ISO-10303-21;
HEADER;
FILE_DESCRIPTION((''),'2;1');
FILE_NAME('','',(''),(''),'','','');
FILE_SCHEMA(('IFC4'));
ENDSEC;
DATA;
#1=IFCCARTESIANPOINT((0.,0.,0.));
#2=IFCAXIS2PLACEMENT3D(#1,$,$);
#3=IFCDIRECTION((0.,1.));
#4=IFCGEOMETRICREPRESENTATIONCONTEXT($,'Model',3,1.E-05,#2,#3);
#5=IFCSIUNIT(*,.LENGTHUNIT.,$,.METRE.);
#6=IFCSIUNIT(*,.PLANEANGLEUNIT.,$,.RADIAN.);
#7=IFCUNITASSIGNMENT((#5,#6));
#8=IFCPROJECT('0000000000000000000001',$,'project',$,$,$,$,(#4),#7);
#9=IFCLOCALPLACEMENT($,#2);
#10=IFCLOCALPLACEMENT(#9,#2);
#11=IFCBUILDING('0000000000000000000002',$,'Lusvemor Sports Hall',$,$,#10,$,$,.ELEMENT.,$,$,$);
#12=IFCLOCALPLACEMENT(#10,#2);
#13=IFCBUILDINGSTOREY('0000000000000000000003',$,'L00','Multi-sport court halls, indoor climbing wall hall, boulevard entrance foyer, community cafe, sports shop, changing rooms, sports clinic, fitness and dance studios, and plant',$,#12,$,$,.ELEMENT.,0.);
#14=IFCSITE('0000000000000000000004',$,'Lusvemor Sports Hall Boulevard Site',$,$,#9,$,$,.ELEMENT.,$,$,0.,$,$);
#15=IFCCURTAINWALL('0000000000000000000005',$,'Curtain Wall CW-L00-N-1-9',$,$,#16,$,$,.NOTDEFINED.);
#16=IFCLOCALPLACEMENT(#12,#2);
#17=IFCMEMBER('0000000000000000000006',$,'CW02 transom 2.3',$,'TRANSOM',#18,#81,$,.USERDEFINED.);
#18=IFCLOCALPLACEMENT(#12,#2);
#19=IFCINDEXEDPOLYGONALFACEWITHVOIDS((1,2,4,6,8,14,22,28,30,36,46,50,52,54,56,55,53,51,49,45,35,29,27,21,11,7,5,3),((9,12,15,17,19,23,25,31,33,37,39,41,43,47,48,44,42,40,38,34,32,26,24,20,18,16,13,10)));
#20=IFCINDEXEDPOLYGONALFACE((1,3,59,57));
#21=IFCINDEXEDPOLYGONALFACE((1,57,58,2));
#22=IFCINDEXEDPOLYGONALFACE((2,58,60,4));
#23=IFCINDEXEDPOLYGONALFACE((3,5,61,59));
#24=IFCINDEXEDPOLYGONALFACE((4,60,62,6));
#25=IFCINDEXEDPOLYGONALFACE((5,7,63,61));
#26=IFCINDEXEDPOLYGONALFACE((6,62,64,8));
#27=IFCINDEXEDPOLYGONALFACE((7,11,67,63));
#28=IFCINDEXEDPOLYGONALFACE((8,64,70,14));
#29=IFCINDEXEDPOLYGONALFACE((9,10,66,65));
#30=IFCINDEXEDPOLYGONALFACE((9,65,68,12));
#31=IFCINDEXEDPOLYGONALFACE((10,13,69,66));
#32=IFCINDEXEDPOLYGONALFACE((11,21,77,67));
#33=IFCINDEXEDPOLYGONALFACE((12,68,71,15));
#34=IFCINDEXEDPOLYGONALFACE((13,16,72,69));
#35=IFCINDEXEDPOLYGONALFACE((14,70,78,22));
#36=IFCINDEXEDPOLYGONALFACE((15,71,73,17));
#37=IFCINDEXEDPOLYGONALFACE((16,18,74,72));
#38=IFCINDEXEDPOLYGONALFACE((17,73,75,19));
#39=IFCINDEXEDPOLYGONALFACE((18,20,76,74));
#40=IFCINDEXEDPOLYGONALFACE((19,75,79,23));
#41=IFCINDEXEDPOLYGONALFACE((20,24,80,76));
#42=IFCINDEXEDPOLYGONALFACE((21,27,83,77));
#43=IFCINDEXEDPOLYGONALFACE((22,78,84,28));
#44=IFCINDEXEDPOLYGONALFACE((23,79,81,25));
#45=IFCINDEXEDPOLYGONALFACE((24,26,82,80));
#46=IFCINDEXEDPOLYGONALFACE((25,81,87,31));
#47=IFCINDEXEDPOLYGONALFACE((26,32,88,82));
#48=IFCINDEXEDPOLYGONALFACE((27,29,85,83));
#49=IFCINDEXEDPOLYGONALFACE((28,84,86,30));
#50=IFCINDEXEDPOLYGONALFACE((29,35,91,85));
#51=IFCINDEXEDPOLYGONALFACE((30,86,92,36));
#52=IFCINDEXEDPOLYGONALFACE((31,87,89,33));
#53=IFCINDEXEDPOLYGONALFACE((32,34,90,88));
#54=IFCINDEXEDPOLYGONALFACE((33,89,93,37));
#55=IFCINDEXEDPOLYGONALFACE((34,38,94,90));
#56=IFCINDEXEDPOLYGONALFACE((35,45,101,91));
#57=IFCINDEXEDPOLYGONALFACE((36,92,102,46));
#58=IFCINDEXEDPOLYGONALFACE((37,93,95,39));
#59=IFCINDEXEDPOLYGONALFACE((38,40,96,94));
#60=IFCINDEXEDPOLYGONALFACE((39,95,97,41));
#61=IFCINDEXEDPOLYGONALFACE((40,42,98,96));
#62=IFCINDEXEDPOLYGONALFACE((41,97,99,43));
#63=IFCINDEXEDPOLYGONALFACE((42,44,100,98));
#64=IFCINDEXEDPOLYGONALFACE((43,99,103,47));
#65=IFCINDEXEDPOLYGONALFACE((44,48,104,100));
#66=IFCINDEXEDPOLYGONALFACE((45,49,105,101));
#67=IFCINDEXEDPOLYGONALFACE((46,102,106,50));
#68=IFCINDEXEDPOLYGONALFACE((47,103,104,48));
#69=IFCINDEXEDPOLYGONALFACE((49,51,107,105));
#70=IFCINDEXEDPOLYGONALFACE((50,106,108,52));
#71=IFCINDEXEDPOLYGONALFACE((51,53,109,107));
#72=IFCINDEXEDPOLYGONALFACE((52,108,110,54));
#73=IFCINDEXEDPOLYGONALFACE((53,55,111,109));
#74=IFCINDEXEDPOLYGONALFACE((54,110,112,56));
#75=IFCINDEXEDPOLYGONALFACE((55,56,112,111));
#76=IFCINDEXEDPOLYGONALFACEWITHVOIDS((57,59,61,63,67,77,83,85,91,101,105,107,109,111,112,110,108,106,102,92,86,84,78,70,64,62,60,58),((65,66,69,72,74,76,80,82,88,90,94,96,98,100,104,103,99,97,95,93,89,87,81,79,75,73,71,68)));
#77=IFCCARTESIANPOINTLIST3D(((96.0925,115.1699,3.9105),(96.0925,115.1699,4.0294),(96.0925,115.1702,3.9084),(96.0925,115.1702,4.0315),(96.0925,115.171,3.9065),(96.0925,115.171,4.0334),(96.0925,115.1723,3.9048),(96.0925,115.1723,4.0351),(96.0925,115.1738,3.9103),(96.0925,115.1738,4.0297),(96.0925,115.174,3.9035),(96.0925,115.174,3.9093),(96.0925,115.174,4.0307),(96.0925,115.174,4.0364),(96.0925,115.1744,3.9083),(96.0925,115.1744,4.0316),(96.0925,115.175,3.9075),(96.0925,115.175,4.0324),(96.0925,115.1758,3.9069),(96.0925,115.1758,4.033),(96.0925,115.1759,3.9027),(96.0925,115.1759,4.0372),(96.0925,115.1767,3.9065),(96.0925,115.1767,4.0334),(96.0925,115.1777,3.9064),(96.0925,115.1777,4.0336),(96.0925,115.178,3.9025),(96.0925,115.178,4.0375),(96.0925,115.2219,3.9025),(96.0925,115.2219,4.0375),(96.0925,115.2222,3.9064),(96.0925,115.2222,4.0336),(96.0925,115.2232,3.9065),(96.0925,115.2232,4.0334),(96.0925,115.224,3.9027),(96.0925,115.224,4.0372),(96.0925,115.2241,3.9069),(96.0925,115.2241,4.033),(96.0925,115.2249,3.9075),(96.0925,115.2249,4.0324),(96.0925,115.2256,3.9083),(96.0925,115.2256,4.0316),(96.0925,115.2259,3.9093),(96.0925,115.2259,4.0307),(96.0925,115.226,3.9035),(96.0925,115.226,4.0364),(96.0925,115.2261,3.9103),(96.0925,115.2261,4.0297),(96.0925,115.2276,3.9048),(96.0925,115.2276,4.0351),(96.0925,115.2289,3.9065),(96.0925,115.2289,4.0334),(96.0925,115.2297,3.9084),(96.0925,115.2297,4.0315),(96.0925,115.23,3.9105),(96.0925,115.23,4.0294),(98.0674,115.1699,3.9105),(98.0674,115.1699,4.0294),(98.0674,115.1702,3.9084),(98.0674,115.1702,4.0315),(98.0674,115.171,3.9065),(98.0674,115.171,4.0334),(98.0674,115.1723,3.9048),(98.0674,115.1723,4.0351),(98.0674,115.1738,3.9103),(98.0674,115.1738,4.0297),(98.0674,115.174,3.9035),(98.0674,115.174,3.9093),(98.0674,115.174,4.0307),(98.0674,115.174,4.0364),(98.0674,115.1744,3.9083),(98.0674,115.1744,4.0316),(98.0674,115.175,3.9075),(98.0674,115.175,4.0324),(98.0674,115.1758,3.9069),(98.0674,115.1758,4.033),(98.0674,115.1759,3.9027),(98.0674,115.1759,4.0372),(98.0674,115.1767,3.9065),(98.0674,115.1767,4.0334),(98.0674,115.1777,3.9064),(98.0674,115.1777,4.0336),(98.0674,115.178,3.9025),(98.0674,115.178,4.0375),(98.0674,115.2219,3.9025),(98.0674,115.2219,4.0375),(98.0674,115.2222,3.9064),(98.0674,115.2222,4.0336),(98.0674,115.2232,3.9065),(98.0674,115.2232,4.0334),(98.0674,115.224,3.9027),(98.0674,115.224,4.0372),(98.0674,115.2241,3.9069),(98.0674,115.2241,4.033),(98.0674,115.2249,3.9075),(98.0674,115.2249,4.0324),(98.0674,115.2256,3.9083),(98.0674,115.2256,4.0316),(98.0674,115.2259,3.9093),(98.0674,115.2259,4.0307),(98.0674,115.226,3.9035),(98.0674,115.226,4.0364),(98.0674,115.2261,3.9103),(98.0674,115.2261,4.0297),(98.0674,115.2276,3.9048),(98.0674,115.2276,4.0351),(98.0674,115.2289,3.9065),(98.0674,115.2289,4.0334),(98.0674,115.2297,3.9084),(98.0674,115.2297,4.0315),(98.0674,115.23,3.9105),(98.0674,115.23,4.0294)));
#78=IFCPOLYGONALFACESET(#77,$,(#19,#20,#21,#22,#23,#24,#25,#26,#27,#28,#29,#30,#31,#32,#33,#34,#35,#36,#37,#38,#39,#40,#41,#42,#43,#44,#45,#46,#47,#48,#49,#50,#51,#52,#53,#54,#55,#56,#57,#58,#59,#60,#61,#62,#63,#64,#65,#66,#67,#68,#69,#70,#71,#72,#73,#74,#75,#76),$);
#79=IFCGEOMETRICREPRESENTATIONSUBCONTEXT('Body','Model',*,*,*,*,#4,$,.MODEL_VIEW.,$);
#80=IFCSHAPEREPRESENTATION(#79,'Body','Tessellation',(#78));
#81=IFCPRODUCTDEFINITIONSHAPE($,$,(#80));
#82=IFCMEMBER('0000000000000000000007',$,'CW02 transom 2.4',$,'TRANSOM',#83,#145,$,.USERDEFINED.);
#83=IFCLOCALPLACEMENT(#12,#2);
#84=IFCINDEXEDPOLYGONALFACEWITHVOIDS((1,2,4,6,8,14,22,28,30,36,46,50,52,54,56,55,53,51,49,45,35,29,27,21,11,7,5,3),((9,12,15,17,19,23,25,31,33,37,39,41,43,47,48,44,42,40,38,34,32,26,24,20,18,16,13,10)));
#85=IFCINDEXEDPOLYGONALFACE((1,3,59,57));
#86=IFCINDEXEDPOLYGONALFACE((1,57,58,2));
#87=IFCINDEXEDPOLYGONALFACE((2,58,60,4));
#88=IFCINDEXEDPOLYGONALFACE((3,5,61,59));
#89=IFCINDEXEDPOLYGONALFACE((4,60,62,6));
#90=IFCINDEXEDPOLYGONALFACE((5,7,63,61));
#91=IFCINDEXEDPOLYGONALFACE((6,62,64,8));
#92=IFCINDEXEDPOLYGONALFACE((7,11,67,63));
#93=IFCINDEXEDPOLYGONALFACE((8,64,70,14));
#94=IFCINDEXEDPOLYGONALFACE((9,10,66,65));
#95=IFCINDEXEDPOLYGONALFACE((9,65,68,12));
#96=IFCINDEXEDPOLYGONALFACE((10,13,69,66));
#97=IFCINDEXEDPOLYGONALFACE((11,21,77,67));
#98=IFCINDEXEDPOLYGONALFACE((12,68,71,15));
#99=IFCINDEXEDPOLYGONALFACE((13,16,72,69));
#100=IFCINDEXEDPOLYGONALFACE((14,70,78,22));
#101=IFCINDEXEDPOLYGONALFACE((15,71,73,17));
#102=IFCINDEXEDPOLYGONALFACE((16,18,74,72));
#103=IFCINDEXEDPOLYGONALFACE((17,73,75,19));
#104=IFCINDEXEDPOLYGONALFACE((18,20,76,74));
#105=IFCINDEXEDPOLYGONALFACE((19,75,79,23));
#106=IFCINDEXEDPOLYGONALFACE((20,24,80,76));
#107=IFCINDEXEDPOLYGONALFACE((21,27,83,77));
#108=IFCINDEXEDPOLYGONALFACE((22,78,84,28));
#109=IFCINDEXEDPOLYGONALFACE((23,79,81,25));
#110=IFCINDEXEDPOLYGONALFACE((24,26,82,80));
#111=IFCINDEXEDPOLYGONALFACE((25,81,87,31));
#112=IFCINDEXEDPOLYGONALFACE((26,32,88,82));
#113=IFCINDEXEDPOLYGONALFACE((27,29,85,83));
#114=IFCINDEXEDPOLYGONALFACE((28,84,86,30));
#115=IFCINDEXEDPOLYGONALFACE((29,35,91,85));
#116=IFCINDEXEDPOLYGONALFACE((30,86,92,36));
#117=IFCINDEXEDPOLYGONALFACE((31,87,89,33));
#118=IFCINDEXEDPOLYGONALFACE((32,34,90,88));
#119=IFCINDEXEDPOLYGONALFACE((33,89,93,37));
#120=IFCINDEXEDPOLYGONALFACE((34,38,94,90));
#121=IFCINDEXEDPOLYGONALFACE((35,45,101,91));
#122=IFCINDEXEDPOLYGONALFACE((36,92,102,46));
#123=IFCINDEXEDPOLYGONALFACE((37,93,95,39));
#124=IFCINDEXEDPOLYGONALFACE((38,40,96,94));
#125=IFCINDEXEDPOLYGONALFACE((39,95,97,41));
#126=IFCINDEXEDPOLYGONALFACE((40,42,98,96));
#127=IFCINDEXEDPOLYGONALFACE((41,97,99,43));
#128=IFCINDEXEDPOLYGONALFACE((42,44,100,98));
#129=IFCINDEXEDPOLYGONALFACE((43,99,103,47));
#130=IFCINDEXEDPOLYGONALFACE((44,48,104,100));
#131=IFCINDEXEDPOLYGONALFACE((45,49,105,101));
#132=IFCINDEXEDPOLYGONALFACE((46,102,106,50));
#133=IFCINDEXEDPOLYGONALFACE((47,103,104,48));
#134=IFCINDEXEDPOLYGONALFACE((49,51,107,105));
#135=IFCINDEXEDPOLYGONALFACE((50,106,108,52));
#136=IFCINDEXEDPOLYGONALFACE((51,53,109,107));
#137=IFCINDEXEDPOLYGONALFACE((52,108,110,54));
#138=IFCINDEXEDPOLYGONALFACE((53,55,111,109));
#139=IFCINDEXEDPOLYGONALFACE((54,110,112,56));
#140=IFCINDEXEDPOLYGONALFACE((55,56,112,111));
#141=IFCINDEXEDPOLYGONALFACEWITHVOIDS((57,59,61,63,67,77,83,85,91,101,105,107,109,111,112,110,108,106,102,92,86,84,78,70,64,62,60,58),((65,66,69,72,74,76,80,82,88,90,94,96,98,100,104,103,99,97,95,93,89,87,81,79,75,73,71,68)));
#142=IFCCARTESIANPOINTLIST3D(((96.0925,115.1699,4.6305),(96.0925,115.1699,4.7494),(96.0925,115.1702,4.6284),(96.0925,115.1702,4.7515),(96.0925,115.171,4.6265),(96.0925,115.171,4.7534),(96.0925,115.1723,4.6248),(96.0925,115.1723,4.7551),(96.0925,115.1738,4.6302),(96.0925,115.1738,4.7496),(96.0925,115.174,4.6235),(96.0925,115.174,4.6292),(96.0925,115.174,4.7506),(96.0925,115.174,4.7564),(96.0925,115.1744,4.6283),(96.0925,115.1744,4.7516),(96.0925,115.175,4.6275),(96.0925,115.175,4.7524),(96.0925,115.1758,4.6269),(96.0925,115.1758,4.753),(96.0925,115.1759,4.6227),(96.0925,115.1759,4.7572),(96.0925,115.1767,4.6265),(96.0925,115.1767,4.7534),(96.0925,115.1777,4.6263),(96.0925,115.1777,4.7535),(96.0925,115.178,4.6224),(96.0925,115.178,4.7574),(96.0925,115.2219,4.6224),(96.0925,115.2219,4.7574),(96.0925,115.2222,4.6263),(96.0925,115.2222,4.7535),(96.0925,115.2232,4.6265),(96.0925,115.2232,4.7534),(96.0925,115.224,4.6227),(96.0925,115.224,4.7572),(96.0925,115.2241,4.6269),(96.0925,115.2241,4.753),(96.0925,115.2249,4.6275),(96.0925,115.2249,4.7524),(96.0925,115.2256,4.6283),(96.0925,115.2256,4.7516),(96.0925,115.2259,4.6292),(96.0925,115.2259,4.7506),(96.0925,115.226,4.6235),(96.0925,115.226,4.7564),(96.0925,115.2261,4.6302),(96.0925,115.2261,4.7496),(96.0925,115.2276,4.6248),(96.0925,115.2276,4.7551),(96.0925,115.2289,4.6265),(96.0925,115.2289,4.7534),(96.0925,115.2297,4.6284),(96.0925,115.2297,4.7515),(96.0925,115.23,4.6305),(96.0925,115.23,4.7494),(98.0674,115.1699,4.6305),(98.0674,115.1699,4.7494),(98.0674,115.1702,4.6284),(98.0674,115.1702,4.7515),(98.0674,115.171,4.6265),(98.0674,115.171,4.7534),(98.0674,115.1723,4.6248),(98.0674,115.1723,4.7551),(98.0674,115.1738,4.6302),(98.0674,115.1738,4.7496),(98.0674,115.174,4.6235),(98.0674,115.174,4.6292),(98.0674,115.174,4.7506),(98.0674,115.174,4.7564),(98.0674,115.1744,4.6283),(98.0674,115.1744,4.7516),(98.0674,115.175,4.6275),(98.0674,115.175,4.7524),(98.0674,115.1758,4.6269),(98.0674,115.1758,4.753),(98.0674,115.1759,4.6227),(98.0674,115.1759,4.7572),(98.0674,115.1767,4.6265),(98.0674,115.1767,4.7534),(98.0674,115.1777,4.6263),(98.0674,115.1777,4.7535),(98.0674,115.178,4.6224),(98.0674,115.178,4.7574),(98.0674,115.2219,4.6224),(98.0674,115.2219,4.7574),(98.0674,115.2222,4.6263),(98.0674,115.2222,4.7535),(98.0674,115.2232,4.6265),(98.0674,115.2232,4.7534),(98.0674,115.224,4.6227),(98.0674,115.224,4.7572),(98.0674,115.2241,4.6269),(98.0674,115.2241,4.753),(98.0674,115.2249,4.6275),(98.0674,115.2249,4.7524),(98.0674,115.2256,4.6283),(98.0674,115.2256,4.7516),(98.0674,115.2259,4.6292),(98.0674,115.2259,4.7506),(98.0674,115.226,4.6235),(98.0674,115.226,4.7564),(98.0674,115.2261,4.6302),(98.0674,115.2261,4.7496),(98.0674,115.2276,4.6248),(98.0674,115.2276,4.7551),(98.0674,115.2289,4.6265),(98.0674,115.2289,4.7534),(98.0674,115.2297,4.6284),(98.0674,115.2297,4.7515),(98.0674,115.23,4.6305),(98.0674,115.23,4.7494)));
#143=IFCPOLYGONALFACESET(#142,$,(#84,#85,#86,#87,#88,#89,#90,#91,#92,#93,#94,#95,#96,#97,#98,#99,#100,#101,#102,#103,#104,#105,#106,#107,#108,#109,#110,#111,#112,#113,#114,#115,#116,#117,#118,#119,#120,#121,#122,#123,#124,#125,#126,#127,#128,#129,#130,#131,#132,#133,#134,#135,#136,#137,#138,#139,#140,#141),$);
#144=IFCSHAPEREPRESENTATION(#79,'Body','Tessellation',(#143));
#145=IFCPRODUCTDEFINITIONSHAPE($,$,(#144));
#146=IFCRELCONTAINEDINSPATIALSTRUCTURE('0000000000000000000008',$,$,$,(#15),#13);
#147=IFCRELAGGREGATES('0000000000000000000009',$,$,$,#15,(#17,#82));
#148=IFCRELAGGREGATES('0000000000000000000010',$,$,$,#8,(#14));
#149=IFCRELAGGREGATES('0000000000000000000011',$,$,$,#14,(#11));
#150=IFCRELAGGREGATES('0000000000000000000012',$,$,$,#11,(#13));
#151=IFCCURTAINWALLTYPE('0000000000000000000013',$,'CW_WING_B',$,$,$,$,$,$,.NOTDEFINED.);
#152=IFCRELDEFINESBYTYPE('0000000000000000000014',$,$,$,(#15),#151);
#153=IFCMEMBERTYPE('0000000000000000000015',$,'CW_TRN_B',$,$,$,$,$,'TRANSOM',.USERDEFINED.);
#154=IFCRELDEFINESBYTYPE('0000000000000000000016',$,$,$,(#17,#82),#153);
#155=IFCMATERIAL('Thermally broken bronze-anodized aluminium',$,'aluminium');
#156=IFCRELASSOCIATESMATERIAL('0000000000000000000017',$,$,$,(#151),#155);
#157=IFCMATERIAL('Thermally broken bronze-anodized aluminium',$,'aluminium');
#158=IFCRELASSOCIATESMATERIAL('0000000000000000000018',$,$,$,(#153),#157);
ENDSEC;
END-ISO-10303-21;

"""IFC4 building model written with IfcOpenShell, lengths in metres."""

from ifc_helpers import new_model, si_unit, direction, frame, origin, origin_2d, place, context, subcontext, project, spatial, hollow_rectangle, extrude, material, material_profile, profile_set, type_object, element, aggregate, save


model = new_model("IFC4")

# Units and contexts
model_context = context("Model", 3, precision=1e-05, world=origin(), true_north=direction((0.0, 1.0)))
body_context = subcontext(model_context, "Body", "Model", "MODEL_VIEW")
ifc_project = project(units=[si_unit("LENGTHUNIT", "METRE"), si_unit("PLANEANGLEUNIT", "RADIAN")], contexts=[model_context])

# Site, building, storey
site_placement = place(None, origin())
site = spatial("IfcSite", under=ifc_project, at=site_placement, Name="Lusvemor Sports Hall Boulevard Site", CompositionType="ELEMENT", RefElevation=0.0)
building_placement = place(site_placement, origin())
building = spatial("IfcBuilding", under=site, at=building_placement, Name="Lusvemor Sports Hall", CompositionType="ELEMENT")
storey_placement = place(building_placement, origin())
storey = spatial("IfcBuildingStorey", under=building, at=storey_placement, Name="L00", Description="Multi-sport court halls, indoor climbing wall hall, boulevard entrance foyer, community cafe, sports shop, changing rooms, sports clinic, fitness and dance studios, and plant", CompositionType="ELEMENT", Elevation=0.0)

# Curtain wall, members
ifc_material_1 = material(Name="Thermally broken bronze-anodized aluminium", Category="aluminium")
curtain_wall_type = type_object("IfcCurtainWallType", Name="CW_WING_B", PredefinedType="NOTDEFINED", material=ifc_material_1)
curtain_wall_placement = place(storey_placement, origin())
curtain_wall = element("IfcCurtainWall", 1, at=curtain_wall_placement, inside=storey, type_object=curtain_wall_type, Name="Curtain Wall CW-L00-N-1-9", PredefinedType="NOTDEFINED")
ifc_material_2 = material(Name="Thermally broken bronze-anodized aluminium", Category="aluminium")
ifc_material_profile_1 = material_profile(ifc_material_2, hollow_rectangle(XDim=0.0601, YDim=0.135, WallThickness=0.0039, InnerFilletRadius=0.0039, OuterFilletRadius=0.0081, at=origin_2d()), Name="CWTRN135x60x4")
ifc_profile_set_1 = profile_set([ifc_material_profile_1], Name="Thermally broken bronze-anodized aluminium")
member_type_1 = type_object("IfcMemberType", Name="CW_TRN_B", ElementType="TRANSOM", PredefinedType="USERDEFINED", material=ifc_profile_set_1)
member_1_placement = place(storey_placement, frame((96.0925, 115.2, 3.97), z_axis=(1.0, 0.0, 0.0), x_axis=(0.0, 1.0, 0.0)))
member_1 = element("IfcMember", 2, at=member_1_placement, type_object=member_type_1, Name="CW02 transom 2.3", ObjectType="TRANSOM", PredefinedType="USERDEFINED", context=body_context, shape_type="SweptSolid", body=[
    extrude(hollow_rectangle(XDim=0.0601, YDim=0.135, WallThickness=0.0039, InnerFilletRadius=0.0039, OuterFilletRadius=0.0081, at=origin_2d()), origin(), (0.0, 0.0, 1.0), 1.9749),
])
member_2_placement = place(storey_placement, frame((96.0925, 115.2, 4.6899), z_axis=(1.0, 0.0, 0.0), x_axis=(0.0, 1.0, 0.0)))
member_2 = element("IfcMember", 3, at=member_2_placement, type_object=member_type_1, Name="CW02 transom 2.4", ObjectType="TRANSOM", PredefinedType="USERDEFINED", context=body_context, shape_type="SweptSolid", body=[
    extrude(hollow_rectangle(XDim=0.0601, YDim=0.135, WallThickness=0.0039, InnerFilletRadius=0.0039, OuterFilletRadius=0.0081, at=origin_2d()), origin(), (0.0, 0.0, 1.0), 1.9749),
])
aggregate(curtain_wall, [member_1, member_2])

save(model, "model.ifc")
